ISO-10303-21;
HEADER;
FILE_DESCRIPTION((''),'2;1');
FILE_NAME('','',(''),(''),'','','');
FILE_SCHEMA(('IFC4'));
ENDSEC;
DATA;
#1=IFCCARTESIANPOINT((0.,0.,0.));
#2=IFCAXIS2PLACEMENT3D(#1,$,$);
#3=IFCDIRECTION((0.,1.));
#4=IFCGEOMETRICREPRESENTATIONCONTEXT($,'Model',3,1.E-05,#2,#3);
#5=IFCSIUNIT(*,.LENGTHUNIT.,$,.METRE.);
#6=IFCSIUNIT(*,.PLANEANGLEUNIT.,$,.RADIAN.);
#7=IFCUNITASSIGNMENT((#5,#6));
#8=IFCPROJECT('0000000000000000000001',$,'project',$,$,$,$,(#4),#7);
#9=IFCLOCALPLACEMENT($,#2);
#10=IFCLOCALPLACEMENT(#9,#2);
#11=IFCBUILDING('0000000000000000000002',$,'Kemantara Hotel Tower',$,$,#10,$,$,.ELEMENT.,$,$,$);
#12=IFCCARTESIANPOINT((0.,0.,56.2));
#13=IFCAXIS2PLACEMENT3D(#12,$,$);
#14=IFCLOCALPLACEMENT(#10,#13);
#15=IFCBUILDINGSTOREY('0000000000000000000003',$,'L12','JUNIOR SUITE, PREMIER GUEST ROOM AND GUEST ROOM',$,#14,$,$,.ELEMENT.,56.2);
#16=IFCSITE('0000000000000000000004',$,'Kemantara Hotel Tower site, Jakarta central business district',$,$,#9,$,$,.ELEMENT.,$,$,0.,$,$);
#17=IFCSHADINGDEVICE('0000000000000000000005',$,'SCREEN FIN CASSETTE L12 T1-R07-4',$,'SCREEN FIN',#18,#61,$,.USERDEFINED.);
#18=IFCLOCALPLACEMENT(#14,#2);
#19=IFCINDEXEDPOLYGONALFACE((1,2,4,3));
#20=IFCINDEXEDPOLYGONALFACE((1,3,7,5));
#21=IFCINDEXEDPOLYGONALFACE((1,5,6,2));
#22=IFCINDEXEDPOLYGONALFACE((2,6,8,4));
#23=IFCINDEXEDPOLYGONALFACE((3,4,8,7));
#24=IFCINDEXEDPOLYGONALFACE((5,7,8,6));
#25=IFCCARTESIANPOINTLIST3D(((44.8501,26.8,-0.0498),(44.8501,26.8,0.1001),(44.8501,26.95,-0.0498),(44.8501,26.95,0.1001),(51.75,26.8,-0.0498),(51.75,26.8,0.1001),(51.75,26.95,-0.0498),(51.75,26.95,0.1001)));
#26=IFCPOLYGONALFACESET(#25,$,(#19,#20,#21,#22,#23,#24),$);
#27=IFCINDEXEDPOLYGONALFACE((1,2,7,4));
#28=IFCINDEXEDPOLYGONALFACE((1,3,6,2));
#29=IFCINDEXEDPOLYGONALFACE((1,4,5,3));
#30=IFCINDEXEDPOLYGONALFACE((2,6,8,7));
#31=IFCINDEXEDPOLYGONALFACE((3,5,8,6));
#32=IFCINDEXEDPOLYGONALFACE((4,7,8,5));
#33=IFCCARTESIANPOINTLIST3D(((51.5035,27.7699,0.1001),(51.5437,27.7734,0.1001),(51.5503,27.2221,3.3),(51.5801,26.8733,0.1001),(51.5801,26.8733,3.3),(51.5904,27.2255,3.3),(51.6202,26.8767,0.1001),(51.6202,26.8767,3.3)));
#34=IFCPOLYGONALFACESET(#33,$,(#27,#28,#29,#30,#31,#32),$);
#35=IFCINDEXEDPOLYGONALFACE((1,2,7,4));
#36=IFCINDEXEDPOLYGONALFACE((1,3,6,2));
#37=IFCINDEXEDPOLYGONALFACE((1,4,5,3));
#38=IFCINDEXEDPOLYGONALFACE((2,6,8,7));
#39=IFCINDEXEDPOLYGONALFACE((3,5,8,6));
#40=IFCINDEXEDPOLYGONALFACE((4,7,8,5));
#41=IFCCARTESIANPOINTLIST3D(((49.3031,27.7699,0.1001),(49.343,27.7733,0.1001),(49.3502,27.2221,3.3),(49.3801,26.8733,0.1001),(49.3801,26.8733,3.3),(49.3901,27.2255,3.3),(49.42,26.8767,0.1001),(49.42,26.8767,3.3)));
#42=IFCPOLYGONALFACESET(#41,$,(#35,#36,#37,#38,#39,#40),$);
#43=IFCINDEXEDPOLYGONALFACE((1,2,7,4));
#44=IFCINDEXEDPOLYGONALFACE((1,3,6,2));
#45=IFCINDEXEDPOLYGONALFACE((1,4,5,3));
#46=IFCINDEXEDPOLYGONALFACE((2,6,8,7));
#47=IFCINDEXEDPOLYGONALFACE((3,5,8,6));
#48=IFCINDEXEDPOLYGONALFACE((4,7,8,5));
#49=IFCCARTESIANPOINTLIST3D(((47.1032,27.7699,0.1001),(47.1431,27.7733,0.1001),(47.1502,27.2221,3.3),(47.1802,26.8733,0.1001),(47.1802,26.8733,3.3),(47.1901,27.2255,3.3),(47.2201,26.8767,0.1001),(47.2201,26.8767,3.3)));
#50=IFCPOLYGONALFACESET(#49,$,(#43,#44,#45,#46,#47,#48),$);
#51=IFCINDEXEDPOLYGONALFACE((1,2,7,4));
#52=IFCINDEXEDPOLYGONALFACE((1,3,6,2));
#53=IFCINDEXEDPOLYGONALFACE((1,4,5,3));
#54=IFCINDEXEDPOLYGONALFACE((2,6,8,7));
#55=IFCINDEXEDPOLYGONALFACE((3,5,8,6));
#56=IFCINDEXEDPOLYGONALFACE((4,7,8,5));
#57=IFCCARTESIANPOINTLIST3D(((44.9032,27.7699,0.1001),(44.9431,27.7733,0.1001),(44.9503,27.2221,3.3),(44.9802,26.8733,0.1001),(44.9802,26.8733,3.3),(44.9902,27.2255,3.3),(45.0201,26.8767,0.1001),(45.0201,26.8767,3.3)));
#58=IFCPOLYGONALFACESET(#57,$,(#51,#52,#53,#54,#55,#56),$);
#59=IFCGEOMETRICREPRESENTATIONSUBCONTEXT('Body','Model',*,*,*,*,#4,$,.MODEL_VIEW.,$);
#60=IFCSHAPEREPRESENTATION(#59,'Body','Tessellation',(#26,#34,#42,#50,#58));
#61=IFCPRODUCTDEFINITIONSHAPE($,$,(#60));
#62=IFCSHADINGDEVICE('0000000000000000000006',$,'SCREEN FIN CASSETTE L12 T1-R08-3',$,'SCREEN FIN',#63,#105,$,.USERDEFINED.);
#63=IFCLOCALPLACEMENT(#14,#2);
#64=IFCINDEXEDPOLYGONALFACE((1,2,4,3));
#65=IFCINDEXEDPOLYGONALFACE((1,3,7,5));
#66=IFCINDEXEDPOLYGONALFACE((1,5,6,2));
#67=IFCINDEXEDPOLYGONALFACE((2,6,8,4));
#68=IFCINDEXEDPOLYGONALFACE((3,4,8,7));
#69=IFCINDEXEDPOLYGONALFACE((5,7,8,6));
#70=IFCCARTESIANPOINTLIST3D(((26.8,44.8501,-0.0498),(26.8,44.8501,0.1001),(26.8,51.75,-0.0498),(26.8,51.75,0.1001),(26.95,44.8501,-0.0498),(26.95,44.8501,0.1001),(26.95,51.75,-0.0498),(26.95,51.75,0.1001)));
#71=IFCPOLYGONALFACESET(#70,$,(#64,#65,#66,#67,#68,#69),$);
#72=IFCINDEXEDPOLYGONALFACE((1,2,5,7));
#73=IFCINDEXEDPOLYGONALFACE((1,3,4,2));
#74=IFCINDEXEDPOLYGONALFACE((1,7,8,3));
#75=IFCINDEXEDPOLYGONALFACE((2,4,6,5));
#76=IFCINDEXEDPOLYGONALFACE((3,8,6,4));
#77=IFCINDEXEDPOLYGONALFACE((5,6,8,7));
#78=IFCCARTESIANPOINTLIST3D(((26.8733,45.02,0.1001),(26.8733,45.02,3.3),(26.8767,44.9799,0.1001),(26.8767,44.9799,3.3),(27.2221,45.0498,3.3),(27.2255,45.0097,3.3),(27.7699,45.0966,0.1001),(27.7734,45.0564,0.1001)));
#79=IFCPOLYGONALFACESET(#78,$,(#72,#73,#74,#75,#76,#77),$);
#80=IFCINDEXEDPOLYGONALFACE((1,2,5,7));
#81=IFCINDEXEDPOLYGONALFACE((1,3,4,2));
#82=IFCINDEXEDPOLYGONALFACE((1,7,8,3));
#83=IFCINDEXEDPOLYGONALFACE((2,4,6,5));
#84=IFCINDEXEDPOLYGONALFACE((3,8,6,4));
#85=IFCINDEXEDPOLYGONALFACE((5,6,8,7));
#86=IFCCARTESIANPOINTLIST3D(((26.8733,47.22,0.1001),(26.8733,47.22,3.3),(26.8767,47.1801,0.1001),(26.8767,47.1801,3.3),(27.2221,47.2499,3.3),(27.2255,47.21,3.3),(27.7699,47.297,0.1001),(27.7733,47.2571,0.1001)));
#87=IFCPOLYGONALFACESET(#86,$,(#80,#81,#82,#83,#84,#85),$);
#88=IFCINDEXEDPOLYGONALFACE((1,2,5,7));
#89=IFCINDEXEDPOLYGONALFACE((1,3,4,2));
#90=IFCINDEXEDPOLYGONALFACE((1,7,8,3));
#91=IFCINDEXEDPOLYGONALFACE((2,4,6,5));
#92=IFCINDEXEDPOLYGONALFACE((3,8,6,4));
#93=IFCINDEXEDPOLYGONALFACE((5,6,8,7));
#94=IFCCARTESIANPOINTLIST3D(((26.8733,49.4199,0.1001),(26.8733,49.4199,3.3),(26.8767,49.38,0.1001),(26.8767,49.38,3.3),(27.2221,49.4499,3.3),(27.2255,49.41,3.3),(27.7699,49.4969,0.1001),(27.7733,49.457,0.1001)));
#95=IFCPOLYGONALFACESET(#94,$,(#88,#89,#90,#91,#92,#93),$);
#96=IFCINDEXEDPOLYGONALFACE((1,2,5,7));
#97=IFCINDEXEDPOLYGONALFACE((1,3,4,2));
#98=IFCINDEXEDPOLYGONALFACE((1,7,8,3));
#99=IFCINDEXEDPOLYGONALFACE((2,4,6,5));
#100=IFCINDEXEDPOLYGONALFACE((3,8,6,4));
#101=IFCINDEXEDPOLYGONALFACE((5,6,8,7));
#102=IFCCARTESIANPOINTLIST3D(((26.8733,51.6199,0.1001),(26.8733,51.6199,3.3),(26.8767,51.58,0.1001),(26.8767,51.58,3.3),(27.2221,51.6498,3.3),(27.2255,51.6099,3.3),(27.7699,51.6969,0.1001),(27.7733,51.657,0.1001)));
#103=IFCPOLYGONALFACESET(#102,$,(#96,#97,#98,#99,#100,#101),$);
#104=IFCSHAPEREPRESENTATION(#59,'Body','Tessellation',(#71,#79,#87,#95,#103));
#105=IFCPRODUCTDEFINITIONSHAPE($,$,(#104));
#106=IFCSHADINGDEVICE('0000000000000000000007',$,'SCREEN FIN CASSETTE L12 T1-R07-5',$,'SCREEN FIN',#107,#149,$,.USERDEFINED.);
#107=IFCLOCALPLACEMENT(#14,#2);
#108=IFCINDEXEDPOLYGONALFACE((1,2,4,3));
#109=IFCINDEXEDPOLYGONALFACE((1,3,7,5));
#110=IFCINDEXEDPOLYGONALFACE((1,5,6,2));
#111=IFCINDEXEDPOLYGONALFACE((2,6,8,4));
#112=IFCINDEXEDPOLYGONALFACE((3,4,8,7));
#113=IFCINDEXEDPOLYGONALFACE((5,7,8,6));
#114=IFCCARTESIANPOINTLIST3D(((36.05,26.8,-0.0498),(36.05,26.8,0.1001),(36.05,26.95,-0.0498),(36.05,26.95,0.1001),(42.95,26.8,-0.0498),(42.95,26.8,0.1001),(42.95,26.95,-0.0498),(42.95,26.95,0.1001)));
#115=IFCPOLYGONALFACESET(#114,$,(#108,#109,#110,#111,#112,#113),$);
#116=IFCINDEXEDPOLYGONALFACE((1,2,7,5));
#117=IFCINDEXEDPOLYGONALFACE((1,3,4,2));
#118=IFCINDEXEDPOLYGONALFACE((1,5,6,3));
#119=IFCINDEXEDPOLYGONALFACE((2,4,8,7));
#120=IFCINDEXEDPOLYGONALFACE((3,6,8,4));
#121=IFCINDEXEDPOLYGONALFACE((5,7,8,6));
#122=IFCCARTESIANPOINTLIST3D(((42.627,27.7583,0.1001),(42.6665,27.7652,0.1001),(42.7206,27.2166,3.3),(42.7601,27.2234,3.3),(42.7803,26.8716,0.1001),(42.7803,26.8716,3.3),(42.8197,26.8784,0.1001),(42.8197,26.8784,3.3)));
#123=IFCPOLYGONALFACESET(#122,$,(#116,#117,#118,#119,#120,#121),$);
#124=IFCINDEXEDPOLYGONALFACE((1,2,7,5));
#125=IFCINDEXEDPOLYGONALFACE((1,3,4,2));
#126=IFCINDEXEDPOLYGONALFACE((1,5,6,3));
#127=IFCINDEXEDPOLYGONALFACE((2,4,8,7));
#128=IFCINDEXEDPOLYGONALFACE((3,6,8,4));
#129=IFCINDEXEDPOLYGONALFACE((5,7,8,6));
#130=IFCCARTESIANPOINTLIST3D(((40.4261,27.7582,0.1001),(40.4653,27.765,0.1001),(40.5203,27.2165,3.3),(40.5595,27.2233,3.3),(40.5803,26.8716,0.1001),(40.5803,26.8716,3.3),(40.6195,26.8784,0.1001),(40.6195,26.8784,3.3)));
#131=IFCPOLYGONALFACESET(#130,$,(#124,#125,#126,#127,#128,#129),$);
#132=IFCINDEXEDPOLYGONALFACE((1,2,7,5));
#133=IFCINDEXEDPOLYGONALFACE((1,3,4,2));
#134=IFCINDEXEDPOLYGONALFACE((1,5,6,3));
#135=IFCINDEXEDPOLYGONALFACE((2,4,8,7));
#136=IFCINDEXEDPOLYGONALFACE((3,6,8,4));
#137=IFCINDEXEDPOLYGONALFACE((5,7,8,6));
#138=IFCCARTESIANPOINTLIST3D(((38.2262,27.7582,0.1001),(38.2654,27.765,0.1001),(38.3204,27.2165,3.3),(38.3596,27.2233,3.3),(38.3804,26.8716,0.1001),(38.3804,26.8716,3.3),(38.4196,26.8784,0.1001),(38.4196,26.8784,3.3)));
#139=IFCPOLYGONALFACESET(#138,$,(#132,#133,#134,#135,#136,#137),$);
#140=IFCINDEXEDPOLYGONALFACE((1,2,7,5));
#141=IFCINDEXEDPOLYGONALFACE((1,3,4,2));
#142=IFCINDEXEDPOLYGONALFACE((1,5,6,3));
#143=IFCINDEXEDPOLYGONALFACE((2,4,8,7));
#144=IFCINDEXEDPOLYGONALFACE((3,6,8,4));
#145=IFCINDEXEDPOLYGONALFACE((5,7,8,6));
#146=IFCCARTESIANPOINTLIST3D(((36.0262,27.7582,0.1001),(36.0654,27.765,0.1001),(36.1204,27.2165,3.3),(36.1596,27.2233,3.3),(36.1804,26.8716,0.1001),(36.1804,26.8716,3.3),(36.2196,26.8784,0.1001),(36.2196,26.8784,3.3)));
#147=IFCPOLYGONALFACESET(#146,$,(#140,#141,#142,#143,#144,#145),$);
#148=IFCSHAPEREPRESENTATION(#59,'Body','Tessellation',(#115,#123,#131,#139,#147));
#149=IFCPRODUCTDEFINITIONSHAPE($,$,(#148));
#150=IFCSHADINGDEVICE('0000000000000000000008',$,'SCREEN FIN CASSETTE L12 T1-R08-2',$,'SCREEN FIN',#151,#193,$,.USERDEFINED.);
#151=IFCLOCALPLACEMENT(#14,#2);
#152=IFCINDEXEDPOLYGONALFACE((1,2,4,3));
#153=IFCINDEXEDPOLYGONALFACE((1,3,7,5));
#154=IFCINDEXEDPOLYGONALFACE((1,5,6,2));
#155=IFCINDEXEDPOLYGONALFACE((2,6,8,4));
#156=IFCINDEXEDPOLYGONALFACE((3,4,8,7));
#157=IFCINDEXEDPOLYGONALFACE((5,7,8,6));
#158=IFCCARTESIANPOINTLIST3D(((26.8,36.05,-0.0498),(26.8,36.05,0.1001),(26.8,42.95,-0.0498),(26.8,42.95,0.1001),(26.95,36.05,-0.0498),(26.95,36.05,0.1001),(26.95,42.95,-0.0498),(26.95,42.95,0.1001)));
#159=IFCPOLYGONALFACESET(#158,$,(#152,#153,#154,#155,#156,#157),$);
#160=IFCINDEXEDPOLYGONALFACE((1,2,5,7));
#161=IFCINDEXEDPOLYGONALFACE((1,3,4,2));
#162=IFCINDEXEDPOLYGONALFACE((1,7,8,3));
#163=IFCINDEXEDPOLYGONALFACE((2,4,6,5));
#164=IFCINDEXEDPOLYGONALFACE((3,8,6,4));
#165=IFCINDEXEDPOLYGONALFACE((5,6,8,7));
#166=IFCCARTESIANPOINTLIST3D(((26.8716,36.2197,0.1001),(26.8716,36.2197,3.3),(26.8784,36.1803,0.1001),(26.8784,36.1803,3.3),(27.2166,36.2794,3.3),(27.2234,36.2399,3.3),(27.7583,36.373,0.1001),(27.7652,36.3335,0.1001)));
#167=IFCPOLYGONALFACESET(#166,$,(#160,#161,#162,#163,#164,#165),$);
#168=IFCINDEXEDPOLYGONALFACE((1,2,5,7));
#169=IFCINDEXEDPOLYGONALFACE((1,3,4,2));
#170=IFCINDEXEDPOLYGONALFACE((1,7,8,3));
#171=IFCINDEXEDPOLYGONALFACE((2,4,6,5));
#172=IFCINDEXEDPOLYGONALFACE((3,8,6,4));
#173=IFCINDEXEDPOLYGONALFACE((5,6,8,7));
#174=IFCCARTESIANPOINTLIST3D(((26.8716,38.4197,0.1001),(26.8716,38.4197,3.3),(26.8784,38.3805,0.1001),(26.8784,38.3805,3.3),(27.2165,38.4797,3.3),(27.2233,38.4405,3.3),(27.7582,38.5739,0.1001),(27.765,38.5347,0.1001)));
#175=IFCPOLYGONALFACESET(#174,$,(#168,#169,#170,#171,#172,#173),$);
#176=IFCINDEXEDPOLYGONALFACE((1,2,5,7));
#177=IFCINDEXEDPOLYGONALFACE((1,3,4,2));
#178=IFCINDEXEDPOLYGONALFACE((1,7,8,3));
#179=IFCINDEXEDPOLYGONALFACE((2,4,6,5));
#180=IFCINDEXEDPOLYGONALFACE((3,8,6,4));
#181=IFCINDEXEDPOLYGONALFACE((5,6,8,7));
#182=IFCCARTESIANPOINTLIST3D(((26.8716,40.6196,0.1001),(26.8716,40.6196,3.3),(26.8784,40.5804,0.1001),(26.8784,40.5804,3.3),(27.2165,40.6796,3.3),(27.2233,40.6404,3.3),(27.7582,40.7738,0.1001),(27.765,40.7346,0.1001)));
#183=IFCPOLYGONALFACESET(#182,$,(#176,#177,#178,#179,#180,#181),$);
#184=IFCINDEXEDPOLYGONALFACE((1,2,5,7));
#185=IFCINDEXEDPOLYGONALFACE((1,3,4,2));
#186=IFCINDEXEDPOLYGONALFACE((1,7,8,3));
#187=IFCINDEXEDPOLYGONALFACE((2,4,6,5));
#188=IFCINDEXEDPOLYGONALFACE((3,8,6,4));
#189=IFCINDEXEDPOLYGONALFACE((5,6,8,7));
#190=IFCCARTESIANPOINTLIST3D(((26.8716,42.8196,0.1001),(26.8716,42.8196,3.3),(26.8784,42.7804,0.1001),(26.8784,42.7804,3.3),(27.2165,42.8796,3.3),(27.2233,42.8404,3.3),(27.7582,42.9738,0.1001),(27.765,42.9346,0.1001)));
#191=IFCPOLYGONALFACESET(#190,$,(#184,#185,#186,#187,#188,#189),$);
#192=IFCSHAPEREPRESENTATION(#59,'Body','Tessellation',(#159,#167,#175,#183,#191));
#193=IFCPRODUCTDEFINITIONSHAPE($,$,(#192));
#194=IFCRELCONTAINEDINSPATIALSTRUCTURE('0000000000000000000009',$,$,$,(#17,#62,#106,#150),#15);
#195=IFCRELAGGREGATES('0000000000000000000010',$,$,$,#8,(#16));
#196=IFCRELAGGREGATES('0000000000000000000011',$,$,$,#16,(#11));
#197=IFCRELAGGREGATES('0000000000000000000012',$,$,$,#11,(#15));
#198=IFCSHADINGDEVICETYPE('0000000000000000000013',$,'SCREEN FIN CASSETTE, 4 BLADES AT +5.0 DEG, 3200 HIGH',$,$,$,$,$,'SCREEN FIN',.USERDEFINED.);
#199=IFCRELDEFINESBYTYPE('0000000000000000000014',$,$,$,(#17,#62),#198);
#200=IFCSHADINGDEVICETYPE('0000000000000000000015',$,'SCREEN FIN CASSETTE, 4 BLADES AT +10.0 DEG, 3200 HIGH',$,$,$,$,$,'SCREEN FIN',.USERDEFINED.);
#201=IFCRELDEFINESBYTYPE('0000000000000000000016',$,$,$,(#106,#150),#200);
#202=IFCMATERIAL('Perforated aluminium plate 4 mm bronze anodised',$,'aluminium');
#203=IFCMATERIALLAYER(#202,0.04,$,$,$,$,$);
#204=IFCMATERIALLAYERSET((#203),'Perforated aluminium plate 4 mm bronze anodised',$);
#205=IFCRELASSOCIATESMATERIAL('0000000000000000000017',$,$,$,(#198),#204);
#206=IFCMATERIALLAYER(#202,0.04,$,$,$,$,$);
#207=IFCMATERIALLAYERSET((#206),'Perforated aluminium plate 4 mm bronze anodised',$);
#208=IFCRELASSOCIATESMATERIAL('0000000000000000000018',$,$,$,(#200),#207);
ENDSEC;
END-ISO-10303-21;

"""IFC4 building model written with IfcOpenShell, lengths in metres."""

from ifc_helpers import new_model, si_unit, direction, frame, origin, origin_2d, place, context, subcontext, project, spatial, polyline, rectangle, outline, extrude, source, transform, mapped, material, layer, layer_set, type_object, element, save


model = new_model("IFC4")

# Units and contexts
model_context = context("Model", 3, precision=1e-05, world=origin(), true_north=direction((0.0, 1.0)))
body_context = subcontext(model_context, "Body", "Model", "MODEL_VIEW")
ifc_project = project(units=[si_unit("LENGTHUNIT", "METRE"), si_unit("PLANEANGLEUNIT", "RADIAN")], contexts=[model_context])

# Site, building, storey
site_placement = place(None, origin())
site = spatial("IfcSite", under=ifc_project, at=site_placement, Name="Kemantara Hotel Tower site, Jakarta central business district", CompositionType="ELEMENT", RefElevation=0.0)
building_placement = place(site_placement, origin())
building = spatial("IfcBuilding", under=site, at=building_placement, Name="Kemantara Hotel Tower", CompositionType="ELEMENT")
storey_placement = place(building_placement, frame((0.0, 0.0, 56.2)))
storey = spatial("IfcBuildingStorey", under=building, at=storey_placement, Name="L12", Description="JUNIOR SUITE, PREMIER GUEST ROOM AND GUEST ROOM", CompositionType="ELEMENT", Elevation=56.2)

# Shading devices
ifc_material_1 = material(Name="Perforated aluminium plate 4 mm bronze anodised", Category="aluminium")
ifc_layer_1 = layer(ifc_material_1, 0.04)
ifc_layer_set_1 = layer_set([ifc_layer_1], Name="Perforated aluminium plate 4 mm bronze anodised")
shading_device_type_1 = type_object("IfcShadingDeviceType", Name="SCREEN FIN CASSETTE, 4 BLADES AT +5.0 DEG, 3200 HIGH", ElementType="SCREEN FIN", PredefinedType="USERDEFINED", material=ifc_layer_set_1)
shared_shape_1 = source(origin(), body_context, "Body", "SweptSolid", [
    extrude(rectangle(XDim=6.8999, YDim=0.1499, at=origin_2d()), frame((3.3, -0.075, -0.1499), z_axis=(0.0, 0.0, 1.0), x_axis=(1.0, 0.0, 0.0)), (0.0, 0.0, 1.0), 0.1499),
    extrude(outline(polyline([(0.0, 0.0), (0.8999, 0.0), (0.3501, 3.2), (0.0, 3.2), (0.0, 0.0)])), frame((0.02, -0.0732, 0.0), z_axis=(-0.996376, -0.085056, 0.0), x_axis=(0.085056, -0.996376, 0.0)), (0.0, 0.0, 1.0), 0.0403),
    extrude(outline(polyline([(0.0, 0.0), (0.8999, 0.0), (0.3501, 3.2), (0.0, 3.2), (0.0, 0.0)])), frame((2.22, -0.0732, 0.0), z_axis=(-0.996332, -0.085575, 0.0), x_axis=(0.085575, -0.996332, 0.0)), (0.0, 0.0, 1.0), 0.04),
    extrude(outline(polyline([(0.0, 0.0), (0.8999, 0.0), (0.3501, 3.2), (0.0, 3.2), (0.0, 0.0)])), frame((4.4199, -0.0732, 0.0), z_axis=(-0.996332, -0.085575, 0.0), x_axis=(0.085575, -0.996332, 0.0)), (0.0, 0.0, 1.0), 0.04),
    extrude(outline(polyline([(0.0, 0.0), (0.8999, 0.0), (0.3501, 3.2), (0.0, 3.2), (0.0, 0.0)])), frame((6.6199, -0.0732, 0.0), z_axis=(-0.996332, -0.085575, 0.0), x_axis=(0.085575, -0.996332, 0.0)), (0.0, 0.0, 1.0), 0.04),
])
for number, where, z_axis, x_axis, name in (
    (1, (51.6001, 26.8, 0.1001), (0.0, 0.0, 1.0), (-1.0, 0.0, 0.0), "SCREEN FIN CASSETTE L12 T1-R07-4"),
    (2, (26.8, 45.0, 0.1001), (0.0, 0.0, 1.0), (0.0, 1.0, 0.0), "SCREEN FIN CASSETTE L12 T1-R08-3"),
):
    element("IfcShadingDevice", number, at=place(storey_placement, frame(where, z_axis=z_axis, x_axis=x_axis)), inside=storey, type_object=shading_device_type_1, Name=name, ObjectType="SCREEN FIN", PredefinedType="USERDEFINED", context=body_context, shape_type="MappedRepresentation", body=[
        mapped(shared_shape_1, transform((0.0, 0.0, 0.0))),
    ])
ifc_layer_2 = layer(ifc_material_1, 0.04)
ifc_layer_set_2 = layer_set([ifc_layer_2], Name="Perforated aluminium plate 4 mm bronze anodised")
shading_device_type_2 = type_object("IfcShadingDeviceType", Name="SCREEN FIN CASSETTE, 4 BLADES AT +10.0 DEG, 3200 HIGH", ElementType="SCREEN FIN", PredefinedType="USERDEFINED", material=ifc_layer_set_2)
shared_shape_2 = source(origin(), body_context, "Body", "SweptSolid", [
    extrude(rectangle(XDim=6.8999, YDim=0.1499, at=origin_2d()), frame((3.3, -0.075, -0.1499), z_axis=(0.0, 0.0, 1.0), x_axis=(1.0, 0.0, 0.0)), (0.0, 0.0, 1.0), 0.1499),
    extrude(outline(polyline([(0.0, 0.0), (0.8999, 0.0), (0.3501, 3.2), (0.0, 3.2), (0.0, 0.0)])), frame((0.0198, -0.0715, 0.0), z_axis=(-0.98539, -0.170314, 0.0), x_axis=(0.170314, -0.98539, 0.0)), (0.0, 0.0, 1.0), 0.04),
    extrude(outline(polyline([(0.0, 0.0), (0.8999, 0.0), (0.3501, 3.2), (0.0, 3.2), (0.0, 0.0)])), frame((2.2197, -0.0715, 0.0), z_axis=(-0.985212, -0.171341, 0.0), x_axis=(0.171341, -0.985212, 0.0)), (0.0, 0.0, 1.0), 0.0398),
    extrude(outline(polyline([(0.0, 0.0), (0.8999, 0.0), (0.3501, 3.2), (0.0, 3.2), (0.0, 0.0)])), frame((4.4197, -0.0715, 0.0), z_axis=(-0.985212, -0.171341, 0.0), x_axis=(0.171341, -0.985212, 0.0)), (0.0, 0.0, 1.0), 0.0398),
    extrude(outline(polyline([(0.0, 0.0), (0.8999, 0.0), (0.3501, 3.2), (0.0, 3.2), (0.0, 0.0)])), frame((6.6196, -0.0715, 0.0), z_axis=(-0.985212, -0.171341, 0.0), x_axis=(0.171341, -0.985212, 0.0)), (0.0, 0.0, 1.0), 0.0398),
])
for number, where, z_axis, x_axis, name in (
    (3, (42.8, 26.8, 0.1001), (0.0, 0.0, 1.0), (-1.0, 0.0, 0.0), "SCREEN FIN CASSETTE L12 T1-R07-5"),
    (4, (26.8, 36.2, 0.1001), (0.0, 0.0, 1.0), (0.0, 1.0, 0.0), "SCREEN FIN CASSETTE L12 T1-R08-2"),
):
    element("IfcShadingDevice", number, at=place(storey_placement, frame(where, z_axis=z_axis, x_axis=x_axis)), inside=storey, type_object=shading_device_type_2, Name=name, ObjectType="SCREEN FIN", PredefinedType="USERDEFINED", context=body_context, shape_type="MappedRepresentation", body=[
        mapped(shared_shape_2, transform((0.0, 0.0, 0.0))),
    ])

save(model, "model.ifc")
